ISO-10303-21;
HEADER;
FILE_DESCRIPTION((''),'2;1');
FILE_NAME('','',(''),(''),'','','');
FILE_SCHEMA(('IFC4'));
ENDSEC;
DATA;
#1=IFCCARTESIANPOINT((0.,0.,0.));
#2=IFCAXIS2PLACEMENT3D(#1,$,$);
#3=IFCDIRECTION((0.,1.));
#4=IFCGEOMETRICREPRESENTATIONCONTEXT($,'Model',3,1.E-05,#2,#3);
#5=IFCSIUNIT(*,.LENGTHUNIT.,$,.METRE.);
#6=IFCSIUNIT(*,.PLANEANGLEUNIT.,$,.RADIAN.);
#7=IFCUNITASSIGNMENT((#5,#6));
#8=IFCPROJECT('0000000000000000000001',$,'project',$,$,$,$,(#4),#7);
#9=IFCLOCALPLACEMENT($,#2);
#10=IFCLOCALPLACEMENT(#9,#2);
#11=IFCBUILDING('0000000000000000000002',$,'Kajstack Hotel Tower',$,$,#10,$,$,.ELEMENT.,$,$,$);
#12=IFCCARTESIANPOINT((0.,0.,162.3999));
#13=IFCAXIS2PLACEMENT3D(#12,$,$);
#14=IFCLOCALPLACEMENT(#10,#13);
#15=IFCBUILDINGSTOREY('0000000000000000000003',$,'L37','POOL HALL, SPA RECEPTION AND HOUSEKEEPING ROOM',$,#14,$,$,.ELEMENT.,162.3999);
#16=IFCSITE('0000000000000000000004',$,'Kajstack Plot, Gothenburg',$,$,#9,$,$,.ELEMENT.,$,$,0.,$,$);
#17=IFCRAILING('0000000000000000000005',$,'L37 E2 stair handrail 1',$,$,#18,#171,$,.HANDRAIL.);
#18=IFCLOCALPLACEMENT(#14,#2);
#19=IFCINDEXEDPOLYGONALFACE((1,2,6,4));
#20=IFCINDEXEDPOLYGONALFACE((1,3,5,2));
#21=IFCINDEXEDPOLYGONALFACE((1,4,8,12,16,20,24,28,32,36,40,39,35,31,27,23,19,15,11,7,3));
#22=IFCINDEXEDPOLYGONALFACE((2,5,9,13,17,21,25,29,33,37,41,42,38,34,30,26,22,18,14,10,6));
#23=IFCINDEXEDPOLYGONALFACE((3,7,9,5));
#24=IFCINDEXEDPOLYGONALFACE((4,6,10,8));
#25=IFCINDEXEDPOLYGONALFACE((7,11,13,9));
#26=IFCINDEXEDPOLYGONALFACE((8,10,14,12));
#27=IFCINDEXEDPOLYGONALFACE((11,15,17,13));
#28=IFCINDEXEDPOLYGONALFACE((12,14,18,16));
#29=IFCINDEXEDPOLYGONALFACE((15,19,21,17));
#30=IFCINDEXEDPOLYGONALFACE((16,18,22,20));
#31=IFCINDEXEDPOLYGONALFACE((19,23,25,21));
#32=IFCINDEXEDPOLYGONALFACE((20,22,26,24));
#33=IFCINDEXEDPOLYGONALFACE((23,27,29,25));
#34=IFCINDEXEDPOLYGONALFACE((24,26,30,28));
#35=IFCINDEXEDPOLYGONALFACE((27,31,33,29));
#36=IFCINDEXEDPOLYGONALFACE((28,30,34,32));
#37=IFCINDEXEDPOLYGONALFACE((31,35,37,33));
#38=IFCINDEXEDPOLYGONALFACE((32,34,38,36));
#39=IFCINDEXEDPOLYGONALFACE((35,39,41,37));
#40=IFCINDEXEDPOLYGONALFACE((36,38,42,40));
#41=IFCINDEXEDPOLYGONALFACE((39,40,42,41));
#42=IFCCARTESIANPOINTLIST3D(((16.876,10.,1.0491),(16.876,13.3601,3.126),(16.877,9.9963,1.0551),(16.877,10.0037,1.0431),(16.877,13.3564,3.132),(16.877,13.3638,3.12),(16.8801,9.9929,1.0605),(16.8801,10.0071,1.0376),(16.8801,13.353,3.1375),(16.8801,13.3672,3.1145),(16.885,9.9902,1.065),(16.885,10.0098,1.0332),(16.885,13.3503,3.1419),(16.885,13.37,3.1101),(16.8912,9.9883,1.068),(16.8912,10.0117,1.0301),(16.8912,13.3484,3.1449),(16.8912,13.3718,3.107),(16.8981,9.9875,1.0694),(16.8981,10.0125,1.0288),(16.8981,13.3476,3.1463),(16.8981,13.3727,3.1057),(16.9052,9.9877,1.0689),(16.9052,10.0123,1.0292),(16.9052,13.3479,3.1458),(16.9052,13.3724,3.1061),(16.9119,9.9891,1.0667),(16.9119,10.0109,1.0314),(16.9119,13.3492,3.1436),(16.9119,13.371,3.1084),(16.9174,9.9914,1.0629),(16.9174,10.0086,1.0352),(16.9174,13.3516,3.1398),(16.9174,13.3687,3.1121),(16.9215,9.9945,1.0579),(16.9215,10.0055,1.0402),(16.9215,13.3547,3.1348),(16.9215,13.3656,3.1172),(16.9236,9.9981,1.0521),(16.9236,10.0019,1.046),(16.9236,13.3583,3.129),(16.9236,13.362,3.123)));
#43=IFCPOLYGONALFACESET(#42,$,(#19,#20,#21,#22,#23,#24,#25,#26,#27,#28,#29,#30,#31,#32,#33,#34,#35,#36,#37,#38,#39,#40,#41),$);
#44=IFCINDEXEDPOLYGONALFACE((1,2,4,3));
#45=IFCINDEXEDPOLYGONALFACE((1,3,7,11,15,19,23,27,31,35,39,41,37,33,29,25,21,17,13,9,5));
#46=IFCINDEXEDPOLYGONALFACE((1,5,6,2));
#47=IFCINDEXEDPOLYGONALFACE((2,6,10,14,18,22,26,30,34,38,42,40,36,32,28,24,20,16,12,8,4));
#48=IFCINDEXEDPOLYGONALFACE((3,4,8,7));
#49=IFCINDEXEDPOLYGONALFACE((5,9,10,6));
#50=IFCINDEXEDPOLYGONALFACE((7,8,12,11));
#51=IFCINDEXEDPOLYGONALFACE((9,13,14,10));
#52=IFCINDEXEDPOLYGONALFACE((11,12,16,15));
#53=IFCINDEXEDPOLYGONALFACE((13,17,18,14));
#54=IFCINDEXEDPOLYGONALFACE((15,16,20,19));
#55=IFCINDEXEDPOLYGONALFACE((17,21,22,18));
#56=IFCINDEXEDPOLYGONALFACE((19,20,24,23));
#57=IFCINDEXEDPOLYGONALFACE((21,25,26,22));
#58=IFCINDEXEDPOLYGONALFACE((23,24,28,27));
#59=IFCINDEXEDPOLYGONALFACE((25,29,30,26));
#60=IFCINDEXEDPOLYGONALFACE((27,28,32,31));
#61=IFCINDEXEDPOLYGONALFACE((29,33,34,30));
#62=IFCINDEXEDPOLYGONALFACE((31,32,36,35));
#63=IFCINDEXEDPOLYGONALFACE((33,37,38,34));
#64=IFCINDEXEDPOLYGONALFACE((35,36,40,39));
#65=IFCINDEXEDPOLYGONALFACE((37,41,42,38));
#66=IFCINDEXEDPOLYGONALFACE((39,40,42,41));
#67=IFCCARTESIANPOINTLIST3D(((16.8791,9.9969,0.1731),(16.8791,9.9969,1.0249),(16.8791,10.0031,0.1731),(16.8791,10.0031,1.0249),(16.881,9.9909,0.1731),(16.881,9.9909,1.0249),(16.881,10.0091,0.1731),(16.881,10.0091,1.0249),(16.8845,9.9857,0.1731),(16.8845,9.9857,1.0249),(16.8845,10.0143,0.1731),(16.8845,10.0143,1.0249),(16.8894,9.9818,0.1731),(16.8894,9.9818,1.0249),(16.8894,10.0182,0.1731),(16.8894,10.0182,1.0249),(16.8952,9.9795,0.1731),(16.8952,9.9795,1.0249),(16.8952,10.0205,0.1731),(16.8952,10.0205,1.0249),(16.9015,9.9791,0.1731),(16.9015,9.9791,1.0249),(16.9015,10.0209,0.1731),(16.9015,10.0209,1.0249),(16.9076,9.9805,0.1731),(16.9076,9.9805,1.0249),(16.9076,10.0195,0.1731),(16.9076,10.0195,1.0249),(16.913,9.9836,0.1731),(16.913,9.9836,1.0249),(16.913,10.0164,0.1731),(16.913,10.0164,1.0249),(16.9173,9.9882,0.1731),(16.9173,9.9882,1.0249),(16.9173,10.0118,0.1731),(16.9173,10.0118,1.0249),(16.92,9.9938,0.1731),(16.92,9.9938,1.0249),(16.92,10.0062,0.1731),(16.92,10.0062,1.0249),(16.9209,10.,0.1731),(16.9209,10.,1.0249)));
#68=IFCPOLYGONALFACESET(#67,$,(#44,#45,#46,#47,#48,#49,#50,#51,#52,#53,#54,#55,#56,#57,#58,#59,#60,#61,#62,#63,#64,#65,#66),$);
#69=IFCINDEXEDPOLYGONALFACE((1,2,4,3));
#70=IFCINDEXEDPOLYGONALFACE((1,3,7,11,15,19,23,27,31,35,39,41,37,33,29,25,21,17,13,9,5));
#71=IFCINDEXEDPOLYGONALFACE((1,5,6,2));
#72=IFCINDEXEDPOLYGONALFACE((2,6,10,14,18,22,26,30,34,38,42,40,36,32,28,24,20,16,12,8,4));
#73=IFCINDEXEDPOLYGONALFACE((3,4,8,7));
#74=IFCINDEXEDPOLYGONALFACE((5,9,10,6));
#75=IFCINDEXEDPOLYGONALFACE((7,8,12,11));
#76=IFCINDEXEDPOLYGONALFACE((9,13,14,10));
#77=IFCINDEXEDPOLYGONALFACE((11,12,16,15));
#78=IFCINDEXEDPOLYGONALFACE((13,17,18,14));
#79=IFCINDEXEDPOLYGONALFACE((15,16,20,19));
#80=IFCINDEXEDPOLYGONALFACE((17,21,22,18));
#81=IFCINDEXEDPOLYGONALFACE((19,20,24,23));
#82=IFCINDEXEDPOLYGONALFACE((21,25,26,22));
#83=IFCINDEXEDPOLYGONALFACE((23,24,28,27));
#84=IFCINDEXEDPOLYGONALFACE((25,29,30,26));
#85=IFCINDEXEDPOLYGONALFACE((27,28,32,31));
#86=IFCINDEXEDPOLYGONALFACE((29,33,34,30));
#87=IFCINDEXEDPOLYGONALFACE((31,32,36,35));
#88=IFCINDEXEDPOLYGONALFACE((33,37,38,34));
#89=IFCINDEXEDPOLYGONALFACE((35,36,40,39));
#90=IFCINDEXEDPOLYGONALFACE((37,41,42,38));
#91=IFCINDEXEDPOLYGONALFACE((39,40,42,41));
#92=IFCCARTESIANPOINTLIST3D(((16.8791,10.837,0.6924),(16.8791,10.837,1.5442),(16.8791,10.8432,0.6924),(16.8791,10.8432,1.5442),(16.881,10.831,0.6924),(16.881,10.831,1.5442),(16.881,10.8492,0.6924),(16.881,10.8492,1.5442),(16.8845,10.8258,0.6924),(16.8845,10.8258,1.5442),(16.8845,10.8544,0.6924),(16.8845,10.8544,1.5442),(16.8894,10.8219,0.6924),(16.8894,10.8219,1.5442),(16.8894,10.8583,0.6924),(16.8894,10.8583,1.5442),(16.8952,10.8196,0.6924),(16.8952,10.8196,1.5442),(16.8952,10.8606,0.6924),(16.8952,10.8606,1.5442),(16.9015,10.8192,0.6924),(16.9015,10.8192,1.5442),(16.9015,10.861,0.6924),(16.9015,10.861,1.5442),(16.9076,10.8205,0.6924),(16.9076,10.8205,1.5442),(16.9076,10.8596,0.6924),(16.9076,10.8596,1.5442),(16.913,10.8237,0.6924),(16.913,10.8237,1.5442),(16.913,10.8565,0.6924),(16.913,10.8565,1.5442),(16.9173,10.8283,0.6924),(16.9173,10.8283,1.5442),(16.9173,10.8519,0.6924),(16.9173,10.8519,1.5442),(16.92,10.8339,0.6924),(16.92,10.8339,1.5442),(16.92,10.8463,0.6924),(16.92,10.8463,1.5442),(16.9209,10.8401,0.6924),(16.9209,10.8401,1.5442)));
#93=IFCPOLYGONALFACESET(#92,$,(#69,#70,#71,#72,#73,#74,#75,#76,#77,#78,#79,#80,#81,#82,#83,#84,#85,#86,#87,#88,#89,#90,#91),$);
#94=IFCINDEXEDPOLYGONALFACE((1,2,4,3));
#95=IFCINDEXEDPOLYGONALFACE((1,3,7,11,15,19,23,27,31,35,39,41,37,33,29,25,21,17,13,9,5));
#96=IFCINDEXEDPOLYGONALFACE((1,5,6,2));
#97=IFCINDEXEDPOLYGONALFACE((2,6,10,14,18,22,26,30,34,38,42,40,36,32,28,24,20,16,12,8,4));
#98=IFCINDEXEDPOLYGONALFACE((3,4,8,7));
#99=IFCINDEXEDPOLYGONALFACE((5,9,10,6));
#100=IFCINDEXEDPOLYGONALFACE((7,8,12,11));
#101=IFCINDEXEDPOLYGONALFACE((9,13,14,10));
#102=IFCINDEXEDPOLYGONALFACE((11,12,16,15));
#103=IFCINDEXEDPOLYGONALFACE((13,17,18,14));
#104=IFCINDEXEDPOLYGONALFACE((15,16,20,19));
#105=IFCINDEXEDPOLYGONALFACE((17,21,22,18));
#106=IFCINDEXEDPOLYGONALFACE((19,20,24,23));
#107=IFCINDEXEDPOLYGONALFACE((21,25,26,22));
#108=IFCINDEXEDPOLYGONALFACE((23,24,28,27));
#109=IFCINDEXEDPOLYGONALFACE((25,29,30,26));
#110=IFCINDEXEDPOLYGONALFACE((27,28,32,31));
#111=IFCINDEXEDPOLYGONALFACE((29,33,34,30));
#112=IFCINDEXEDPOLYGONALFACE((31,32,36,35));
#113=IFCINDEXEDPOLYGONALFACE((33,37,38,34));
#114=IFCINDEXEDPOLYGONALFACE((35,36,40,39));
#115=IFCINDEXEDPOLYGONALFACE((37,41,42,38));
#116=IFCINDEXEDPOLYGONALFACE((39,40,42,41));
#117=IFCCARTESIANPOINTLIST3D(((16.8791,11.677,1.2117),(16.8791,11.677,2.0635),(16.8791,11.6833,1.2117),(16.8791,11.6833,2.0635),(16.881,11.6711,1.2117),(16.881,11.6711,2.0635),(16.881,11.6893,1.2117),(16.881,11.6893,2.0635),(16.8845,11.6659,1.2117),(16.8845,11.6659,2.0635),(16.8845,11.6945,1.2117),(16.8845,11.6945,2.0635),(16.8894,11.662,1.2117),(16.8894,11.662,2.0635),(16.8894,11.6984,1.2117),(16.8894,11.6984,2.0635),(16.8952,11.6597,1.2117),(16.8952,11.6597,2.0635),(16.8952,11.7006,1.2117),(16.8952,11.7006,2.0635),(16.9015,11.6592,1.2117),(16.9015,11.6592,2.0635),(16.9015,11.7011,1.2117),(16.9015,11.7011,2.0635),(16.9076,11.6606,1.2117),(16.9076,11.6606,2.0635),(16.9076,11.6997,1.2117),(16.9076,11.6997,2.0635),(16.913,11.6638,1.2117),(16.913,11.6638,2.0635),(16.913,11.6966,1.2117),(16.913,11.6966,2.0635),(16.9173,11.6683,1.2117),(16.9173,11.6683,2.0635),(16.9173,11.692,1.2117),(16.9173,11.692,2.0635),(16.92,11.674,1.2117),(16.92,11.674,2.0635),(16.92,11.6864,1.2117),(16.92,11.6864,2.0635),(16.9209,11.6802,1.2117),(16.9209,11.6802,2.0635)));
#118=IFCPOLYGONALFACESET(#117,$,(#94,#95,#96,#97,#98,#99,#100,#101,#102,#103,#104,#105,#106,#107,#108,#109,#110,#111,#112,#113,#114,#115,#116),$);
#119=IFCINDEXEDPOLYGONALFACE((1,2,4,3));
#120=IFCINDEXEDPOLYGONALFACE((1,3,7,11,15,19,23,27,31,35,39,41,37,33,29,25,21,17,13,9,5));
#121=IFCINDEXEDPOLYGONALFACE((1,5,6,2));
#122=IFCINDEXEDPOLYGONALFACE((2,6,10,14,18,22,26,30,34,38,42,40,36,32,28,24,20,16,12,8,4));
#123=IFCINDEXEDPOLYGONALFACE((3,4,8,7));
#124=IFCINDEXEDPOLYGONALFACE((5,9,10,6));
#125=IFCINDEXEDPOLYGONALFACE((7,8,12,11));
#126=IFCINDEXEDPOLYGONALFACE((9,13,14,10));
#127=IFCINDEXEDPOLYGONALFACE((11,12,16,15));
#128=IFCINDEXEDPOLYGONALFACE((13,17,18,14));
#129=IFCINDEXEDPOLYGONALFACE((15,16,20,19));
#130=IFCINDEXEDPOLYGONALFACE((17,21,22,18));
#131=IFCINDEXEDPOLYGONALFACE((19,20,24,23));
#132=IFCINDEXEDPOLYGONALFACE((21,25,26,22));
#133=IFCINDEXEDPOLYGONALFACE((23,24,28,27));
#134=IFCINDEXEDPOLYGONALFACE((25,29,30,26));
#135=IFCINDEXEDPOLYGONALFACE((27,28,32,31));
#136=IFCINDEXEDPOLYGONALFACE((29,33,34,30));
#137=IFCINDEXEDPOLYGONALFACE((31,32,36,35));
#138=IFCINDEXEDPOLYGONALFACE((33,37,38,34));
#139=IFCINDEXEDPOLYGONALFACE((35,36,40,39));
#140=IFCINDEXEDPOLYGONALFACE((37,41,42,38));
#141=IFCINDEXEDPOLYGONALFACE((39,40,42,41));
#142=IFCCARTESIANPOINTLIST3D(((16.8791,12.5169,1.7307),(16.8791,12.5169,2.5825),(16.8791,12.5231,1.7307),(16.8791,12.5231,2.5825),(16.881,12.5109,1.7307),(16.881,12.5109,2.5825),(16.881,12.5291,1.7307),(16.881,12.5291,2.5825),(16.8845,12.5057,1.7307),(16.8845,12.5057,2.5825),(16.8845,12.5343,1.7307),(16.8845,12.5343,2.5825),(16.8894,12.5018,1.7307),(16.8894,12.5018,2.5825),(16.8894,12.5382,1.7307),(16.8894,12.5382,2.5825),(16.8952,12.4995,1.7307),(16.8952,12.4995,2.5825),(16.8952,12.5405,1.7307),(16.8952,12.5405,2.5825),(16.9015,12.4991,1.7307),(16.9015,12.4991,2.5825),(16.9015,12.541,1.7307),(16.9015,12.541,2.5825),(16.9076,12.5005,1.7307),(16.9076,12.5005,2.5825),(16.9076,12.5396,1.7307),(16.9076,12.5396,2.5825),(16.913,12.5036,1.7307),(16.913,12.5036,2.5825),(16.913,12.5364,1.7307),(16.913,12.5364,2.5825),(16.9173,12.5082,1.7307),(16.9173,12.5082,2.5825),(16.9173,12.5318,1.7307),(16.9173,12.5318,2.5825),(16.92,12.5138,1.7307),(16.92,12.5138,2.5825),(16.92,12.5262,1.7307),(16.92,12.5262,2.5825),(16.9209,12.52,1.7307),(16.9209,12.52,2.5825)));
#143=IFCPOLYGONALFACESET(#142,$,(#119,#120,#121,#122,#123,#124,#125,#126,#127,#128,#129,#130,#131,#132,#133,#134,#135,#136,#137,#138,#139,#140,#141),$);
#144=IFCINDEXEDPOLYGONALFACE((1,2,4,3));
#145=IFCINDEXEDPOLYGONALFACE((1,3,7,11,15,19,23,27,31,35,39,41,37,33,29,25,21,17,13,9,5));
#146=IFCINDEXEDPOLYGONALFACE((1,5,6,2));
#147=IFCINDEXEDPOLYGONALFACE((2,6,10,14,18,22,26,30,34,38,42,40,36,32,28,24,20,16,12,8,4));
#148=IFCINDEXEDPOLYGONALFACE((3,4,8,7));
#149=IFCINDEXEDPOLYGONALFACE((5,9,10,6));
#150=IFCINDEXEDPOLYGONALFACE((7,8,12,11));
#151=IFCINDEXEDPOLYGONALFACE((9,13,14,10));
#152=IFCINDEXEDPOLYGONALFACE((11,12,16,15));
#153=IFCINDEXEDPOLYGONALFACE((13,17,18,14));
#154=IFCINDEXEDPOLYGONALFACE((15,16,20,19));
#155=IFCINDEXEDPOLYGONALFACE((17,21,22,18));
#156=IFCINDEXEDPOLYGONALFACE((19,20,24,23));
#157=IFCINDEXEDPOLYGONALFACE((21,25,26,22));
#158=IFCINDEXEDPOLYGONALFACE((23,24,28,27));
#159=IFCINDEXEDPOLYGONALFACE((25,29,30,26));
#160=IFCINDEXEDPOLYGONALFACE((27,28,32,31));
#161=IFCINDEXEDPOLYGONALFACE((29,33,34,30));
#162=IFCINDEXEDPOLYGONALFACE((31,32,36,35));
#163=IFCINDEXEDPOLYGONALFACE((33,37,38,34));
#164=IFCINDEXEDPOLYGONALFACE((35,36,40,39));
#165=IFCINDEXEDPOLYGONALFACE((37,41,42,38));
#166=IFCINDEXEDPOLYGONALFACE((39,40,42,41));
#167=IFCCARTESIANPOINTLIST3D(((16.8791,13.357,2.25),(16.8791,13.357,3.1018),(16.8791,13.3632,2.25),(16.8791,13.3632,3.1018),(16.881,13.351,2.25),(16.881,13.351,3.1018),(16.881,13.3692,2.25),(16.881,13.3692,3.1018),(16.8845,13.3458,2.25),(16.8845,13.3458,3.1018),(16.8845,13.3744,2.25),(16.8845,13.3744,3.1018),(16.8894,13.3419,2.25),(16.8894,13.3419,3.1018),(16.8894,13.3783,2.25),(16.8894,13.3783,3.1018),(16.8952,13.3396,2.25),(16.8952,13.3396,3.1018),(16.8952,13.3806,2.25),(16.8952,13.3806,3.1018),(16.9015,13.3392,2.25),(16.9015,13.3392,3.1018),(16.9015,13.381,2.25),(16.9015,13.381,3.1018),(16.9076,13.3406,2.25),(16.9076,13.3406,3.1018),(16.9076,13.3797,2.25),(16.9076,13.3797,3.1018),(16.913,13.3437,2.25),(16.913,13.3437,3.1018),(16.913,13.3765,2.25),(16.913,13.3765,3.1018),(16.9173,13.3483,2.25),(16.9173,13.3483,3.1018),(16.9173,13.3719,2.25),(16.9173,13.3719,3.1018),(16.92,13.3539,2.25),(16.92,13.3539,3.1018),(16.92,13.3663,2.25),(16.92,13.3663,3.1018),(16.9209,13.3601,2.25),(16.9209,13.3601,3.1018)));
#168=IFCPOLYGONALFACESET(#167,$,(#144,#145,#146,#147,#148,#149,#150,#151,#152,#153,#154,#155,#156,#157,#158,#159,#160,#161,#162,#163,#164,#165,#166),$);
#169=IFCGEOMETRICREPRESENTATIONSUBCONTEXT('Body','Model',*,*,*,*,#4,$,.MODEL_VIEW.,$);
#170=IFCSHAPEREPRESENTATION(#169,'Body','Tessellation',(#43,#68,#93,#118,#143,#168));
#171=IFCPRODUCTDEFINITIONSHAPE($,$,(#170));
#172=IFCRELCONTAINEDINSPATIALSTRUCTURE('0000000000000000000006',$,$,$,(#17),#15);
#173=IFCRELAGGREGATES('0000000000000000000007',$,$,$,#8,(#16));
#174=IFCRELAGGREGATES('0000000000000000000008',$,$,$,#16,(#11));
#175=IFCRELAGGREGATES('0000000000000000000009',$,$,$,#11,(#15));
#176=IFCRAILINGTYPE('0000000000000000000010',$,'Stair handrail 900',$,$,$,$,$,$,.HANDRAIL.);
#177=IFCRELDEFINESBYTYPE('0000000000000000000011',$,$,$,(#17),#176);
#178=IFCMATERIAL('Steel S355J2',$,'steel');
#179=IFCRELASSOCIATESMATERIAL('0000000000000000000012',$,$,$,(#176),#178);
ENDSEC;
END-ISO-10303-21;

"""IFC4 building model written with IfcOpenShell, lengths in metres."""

from ifc_helpers import new_model, si_unit, direction, frame, origin, origin_2d, place, context, subcontext, project, spatial, circle, extrude, material, type_object, element, save


model = new_model("IFC4")

# Units and contexts
model_context = context("Model", 3, precision=1e-05, world=origin(), true_north=direction((0.0, 1.0)))
body_context = subcontext(model_context, "Body", "Model", "MODEL_VIEW")
ifc_project = project(units=[si_unit("LENGTHUNIT", "METRE"), si_unit("PLANEANGLEUNIT", "RADIAN")], contexts=[model_context])

# Site, building, storey
site_placement = place(None, origin())
site = spatial("IfcSite", under=ifc_project, at=site_placement, Name="Kajstack Plot, Gothenburg", CompositionType="ELEMENT", RefElevation=0.0)
building_placement = place(site_placement, origin())
building = spatial("IfcBuilding", under=site, at=building_placement, Name="Kajstack Hotel Tower", CompositionType="ELEMENT")
storey_placement = place(building_placement, frame((0.0, 0.0, 162.3999)))
storey = spatial("IfcBuildingStorey", under=building, at=storey_placement, Name="L37", Description="POOL HALL, SPA RECEPTION AND HOUSEKEEPING ROOM", CompositionType="ELEMENT", Elevation=162.3999)

# Railing
ifc_material_1 = material(Name="Steel S355J2", Category="steel")
railing_type_1 = type_object("IfcRailingType", Name="Stair handrail 900", PredefinedType="HANDRAIL", material=ifc_material_1)
railing_1_placement = place(storey_placement, frame((16.8999, 10.0, 0.1731)))
element("IfcRailing", 1, at=railing_1_placement, inside=storey, type_object=railing_type_1, Name="L37 E2 stair handrail 1", PredefinedType="HANDRAIL", context=body_context, shape_type="SweptSolid", body=[
    extrude(circle(Radius=0.0239, at=origin_2d()), frame((0.0, 0.0, 0.876), z_axis=(0.0, 0.850623, 0.525776), x_axis=(-1.0, 0.0, 0.0)), (0.0, 0.0, 1.0), 3.9502),
    extrude(circle(Radius=0.021, at=origin_2d()), origin(), (0.0, 0.0, 1.0), 0.8518),
    extrude(circle(Radius=0.021, at=origin_2d()), frame((0.0, 0.8401, 0.5193)), (0.0, 0.0, 1.0), 0.8518),
    extrude(circle(Radius=0.021, at=origin_2d()), frame((0.0, 1.6802, 1.0386)), (0.0, 0.0, 1.0), 0.8518),
    extrude(circle(Radius=0.021, at=origin_2d()), frame((0.0, 2.52, 1.5576)), (0.0, 0.0, 1.0), 0.8518),
    extrude(circle(Radius=0.021, at=origin_2d()), frame((0.0, 3.3601, 2.0769)), (0.0, 0.0, 1.0), 0.8518),
])

save(model, "model.ifc")
